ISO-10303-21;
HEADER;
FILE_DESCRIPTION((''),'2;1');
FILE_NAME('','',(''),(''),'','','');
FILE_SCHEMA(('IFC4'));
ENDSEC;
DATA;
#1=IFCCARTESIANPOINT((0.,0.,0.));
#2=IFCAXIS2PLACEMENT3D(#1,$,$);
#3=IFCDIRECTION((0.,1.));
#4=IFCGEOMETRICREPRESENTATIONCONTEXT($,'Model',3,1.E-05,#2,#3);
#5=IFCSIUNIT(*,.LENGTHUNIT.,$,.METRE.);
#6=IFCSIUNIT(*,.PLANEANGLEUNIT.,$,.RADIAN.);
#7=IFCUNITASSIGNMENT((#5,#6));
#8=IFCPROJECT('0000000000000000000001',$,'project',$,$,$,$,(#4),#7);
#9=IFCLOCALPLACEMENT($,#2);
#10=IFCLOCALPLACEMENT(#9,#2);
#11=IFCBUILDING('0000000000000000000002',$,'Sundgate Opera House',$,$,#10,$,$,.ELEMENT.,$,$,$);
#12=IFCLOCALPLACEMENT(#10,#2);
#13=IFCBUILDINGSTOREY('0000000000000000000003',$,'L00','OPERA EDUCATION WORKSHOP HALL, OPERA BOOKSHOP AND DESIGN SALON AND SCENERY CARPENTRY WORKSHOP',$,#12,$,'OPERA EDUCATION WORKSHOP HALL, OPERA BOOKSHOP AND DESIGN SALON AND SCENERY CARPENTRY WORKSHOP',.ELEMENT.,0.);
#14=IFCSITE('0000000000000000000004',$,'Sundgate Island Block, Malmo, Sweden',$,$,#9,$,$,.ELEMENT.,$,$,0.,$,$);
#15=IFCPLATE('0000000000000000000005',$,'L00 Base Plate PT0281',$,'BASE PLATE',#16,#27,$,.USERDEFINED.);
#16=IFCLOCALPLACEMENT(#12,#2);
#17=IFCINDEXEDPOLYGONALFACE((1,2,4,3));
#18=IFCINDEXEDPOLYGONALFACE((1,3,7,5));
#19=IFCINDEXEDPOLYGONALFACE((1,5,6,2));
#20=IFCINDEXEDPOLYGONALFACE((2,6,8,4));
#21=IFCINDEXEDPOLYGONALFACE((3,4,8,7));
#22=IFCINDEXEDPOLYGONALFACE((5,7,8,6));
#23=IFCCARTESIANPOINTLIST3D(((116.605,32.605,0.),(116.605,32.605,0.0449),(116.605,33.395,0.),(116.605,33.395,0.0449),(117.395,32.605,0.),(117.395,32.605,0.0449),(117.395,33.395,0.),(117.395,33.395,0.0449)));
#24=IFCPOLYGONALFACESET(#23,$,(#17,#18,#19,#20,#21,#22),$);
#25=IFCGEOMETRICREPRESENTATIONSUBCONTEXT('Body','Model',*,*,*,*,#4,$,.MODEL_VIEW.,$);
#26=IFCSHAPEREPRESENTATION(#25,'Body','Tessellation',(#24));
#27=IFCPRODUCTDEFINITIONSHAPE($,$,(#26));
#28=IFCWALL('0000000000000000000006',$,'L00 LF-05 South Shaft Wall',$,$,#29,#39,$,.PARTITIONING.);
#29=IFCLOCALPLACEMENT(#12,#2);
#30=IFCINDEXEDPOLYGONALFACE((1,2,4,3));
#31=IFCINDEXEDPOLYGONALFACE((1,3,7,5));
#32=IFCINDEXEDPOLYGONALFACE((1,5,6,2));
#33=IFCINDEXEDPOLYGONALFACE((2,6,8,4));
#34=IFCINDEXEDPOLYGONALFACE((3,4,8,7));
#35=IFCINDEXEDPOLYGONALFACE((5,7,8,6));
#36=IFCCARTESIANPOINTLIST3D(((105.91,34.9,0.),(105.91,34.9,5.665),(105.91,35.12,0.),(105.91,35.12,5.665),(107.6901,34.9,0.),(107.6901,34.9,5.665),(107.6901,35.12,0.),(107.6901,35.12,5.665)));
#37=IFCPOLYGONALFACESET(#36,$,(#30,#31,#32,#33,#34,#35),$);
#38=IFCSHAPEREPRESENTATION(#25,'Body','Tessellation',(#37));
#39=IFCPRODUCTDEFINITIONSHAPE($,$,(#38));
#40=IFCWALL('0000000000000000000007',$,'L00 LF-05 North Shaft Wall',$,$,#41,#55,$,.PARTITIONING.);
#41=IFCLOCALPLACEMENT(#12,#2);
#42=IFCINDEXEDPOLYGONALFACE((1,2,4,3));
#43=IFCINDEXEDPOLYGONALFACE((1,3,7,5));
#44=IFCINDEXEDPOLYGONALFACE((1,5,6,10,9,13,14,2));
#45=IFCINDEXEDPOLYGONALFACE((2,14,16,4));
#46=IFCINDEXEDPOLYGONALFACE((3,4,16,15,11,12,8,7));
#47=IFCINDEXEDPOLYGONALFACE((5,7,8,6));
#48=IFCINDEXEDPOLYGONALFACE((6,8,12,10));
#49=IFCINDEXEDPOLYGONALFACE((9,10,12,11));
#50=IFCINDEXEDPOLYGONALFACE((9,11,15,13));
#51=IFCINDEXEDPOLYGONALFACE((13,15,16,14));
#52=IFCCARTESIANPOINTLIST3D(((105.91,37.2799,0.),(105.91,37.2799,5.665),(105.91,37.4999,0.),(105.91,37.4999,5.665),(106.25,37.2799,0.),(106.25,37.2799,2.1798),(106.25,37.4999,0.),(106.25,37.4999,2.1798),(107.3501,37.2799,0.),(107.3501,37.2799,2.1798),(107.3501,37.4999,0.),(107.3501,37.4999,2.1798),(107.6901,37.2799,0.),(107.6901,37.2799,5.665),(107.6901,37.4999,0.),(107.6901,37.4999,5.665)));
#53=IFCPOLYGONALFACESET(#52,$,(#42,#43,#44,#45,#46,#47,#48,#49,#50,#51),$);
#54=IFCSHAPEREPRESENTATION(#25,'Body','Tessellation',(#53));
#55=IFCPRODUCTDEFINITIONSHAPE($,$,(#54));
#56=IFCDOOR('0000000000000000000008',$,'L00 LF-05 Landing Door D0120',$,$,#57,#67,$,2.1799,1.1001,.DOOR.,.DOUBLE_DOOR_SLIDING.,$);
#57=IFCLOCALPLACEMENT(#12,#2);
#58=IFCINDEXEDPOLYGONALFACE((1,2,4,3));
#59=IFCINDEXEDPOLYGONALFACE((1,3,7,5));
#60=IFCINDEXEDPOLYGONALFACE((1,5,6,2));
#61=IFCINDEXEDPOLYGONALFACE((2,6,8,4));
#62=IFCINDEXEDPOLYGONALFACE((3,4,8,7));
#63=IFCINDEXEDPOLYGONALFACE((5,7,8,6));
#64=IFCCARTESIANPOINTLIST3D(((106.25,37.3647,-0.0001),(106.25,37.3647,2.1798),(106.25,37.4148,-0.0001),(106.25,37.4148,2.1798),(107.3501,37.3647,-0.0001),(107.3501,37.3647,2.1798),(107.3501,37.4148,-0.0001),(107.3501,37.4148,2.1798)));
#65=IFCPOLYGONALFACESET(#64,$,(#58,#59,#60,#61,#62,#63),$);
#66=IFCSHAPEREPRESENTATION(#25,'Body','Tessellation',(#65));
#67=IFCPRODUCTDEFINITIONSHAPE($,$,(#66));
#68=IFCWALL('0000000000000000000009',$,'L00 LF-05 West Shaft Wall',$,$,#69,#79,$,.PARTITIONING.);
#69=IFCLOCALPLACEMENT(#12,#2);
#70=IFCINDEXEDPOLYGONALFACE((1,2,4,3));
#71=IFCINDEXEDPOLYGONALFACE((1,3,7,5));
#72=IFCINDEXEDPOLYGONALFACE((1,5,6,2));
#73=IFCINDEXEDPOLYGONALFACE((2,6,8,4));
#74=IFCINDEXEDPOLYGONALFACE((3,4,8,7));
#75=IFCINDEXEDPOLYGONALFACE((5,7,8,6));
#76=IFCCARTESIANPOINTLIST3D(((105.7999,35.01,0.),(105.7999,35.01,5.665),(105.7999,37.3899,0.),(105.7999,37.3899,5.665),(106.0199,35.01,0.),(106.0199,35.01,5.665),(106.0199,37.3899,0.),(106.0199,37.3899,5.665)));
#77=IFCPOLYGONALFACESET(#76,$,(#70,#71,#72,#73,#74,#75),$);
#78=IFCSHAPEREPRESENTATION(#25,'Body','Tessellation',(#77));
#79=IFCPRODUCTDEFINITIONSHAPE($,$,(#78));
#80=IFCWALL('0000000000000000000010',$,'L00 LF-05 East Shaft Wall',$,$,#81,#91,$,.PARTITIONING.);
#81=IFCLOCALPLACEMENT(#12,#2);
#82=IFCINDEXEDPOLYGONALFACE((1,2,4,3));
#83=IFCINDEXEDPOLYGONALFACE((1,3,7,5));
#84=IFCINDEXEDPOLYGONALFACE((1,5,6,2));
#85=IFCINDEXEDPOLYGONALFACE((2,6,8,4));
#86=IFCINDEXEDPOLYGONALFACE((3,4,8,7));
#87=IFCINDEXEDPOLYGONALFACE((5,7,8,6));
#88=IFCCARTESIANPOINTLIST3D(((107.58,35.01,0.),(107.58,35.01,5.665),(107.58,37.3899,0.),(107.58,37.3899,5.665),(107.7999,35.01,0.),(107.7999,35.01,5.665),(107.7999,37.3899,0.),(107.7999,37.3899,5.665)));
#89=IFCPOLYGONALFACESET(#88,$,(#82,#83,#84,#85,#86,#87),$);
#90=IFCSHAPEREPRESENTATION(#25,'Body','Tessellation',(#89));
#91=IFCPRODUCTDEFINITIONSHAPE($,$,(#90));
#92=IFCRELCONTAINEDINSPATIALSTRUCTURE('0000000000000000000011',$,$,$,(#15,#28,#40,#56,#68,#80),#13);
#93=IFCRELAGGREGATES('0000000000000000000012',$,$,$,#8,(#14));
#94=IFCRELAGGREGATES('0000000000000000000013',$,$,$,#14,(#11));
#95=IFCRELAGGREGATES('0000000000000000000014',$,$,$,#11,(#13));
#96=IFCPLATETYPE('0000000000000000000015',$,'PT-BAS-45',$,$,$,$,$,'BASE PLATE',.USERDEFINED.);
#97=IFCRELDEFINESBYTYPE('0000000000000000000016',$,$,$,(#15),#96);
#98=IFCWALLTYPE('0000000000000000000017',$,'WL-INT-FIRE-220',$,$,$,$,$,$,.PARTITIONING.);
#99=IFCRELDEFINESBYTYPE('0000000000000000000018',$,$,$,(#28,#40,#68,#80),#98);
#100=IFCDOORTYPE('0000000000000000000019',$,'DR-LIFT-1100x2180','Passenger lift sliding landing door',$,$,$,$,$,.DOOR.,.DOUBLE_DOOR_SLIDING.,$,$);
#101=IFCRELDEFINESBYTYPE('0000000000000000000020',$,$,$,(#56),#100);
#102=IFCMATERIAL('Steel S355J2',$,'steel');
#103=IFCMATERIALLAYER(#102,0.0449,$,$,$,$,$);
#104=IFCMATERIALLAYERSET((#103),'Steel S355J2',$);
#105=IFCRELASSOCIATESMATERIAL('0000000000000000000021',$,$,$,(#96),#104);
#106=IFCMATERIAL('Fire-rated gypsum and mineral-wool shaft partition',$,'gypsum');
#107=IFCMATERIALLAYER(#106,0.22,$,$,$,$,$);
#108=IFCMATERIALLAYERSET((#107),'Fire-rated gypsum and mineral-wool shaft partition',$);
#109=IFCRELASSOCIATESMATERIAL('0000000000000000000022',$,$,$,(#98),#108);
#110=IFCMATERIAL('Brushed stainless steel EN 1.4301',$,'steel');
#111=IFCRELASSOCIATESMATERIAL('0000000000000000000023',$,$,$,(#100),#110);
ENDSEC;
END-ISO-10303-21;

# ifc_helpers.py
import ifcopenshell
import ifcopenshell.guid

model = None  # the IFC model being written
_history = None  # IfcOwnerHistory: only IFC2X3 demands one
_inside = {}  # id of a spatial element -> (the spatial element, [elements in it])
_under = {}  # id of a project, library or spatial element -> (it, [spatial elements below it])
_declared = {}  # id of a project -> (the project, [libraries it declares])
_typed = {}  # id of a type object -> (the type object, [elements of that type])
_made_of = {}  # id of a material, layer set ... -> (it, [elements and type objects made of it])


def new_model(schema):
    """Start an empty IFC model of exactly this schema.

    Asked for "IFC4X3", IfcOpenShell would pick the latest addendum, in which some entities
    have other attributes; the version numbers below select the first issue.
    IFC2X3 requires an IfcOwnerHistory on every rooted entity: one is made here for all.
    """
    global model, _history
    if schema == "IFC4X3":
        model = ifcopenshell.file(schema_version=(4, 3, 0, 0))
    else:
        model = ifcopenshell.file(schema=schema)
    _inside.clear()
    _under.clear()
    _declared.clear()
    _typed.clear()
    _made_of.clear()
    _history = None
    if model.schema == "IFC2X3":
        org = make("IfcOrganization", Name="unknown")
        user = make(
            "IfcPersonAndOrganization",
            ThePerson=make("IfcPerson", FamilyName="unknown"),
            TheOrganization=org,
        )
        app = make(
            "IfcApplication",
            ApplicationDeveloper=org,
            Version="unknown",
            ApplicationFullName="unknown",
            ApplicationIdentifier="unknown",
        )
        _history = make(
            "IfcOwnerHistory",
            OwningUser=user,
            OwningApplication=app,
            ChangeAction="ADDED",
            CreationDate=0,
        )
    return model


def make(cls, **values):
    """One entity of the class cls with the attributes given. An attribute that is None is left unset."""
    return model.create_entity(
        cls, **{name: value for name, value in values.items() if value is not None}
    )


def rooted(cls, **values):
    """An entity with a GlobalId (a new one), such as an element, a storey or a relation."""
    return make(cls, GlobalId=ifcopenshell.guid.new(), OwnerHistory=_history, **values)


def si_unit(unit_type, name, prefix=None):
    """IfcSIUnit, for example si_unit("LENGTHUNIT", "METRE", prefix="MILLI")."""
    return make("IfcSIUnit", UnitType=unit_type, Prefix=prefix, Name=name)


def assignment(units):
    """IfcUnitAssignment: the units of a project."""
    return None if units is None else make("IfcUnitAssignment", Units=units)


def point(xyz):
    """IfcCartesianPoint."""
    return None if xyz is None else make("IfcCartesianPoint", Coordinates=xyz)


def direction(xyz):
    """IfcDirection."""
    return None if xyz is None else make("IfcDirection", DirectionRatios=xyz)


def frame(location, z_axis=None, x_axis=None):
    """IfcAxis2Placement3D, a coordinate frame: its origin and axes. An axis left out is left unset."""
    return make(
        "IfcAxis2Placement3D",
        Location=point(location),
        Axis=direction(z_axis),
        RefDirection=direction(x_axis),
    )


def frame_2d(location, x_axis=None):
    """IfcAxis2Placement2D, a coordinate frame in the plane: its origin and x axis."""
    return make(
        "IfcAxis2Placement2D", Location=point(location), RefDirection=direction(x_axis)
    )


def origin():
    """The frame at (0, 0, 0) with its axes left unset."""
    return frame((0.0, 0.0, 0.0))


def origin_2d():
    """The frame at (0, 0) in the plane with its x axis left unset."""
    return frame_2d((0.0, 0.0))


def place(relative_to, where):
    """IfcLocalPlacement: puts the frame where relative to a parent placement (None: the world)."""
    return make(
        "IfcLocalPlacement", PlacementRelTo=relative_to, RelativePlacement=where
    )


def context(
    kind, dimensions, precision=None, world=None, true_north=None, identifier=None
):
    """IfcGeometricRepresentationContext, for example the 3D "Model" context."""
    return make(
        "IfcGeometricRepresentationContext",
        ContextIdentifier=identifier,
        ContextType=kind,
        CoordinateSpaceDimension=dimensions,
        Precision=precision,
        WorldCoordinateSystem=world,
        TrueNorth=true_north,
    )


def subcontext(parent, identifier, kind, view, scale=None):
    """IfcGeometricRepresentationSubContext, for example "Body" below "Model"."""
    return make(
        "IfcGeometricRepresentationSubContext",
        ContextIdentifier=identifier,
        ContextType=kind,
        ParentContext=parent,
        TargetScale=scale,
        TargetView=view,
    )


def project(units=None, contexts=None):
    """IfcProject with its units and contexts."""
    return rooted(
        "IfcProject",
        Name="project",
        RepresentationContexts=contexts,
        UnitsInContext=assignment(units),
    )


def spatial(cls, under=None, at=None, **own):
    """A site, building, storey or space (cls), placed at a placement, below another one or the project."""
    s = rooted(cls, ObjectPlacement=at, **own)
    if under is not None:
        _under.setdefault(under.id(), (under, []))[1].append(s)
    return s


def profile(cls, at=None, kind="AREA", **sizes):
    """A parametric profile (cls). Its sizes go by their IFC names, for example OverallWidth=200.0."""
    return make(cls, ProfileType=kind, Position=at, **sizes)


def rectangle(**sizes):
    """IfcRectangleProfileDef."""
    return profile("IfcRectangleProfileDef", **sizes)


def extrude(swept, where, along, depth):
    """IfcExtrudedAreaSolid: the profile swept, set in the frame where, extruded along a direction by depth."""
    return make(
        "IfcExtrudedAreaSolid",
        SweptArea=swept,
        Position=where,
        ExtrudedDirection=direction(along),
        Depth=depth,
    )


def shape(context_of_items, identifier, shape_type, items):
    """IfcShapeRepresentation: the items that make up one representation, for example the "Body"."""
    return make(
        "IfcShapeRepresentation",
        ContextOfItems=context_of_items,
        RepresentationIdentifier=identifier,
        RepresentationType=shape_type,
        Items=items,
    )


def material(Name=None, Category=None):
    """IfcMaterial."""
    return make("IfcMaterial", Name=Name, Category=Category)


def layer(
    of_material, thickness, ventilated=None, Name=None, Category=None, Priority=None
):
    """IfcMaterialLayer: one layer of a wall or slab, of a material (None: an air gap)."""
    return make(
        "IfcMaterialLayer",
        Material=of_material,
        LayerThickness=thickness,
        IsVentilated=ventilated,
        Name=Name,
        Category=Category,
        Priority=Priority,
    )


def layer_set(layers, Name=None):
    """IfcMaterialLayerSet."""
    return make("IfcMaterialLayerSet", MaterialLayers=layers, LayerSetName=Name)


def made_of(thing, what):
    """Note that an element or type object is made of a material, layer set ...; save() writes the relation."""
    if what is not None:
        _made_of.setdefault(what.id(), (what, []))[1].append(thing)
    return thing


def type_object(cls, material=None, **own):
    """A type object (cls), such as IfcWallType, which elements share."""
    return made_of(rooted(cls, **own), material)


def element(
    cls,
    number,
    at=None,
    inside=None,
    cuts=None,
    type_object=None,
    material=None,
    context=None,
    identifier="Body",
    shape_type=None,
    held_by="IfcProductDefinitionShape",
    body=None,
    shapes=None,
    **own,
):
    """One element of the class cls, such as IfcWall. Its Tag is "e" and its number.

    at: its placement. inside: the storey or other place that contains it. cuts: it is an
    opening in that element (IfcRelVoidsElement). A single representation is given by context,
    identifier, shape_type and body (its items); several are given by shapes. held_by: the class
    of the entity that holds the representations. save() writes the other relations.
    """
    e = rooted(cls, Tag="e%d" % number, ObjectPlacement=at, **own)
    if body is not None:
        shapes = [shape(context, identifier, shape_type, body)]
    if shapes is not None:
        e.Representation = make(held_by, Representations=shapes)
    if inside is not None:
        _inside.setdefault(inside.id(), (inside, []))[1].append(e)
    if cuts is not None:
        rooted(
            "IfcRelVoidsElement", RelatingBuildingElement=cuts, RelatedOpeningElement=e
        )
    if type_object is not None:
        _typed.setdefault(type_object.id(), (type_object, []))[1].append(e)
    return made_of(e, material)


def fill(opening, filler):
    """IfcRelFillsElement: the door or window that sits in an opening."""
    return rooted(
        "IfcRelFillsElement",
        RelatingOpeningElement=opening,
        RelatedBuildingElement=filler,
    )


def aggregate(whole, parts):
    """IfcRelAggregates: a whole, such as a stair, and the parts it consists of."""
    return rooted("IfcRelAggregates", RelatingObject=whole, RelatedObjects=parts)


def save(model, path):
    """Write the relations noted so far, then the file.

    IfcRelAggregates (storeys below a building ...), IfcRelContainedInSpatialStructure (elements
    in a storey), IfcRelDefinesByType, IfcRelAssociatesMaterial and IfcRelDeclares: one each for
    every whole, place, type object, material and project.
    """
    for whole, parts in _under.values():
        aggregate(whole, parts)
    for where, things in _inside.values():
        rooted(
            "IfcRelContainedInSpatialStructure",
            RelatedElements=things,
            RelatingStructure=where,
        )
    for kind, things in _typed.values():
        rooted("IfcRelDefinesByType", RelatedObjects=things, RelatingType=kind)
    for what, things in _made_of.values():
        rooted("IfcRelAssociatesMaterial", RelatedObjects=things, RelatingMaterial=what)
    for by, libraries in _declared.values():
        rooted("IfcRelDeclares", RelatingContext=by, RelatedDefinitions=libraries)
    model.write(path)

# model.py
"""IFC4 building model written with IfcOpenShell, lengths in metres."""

from ifc_helpers import new_model, si_unit, direction, frame, frame_2d, origin, origin_2d, place, context, subcontext, project, spatial, rectangle, extrude, material, layer, layer_set, type_object, element, fill, save


model = new_model("IFC4")

# Units and contexts
model_context = context("Model", 3, precision=1e-05, world=origin(), true_north=direction((0.0, 1.0)))
body_context = subcontext(model_context, "Body", "Model", "MODEL_VIEW")
ifc_project = project(units=[si_unit("LENGTHUNIT", "METRE"), si_unit("PLANEANGLEUNIT", "RADIAN")], contexts=[model_context])

# Site, building, storey
site_placement = place(None, origin())
site = spatial("IfcSite", under=ifc_project, at=site_placement, Name="Sundgate Island Block, Malmo, Sweden", CompositionType="ELEMENT", RefElevation=0.0)
building_placement = place(site_placement, origin())
building = spatial("IfcBuilding", under=site, at=building_placement, Name="Sundgate Opera House", CompositionType="ELEMENT")
storey_placement = place(building_placement, origin())
storey = spatial("IfcBuildingStorey", under=building, at=storey_placement, Name="L00", Description="OPERA EDUCATION WORKSHOP HALL, OPERA BOOKSHOP AND DESIGN SALON AND SCENERY CARPENTRY WORKSHOP", LongName="OPERA EDUCATION WORKSHOP HALL, OPERA BOOKSHOP AND DESIGN SALON AND SCENERY CARPENTRY WORKSHOP", CompositionType="ELEMENT", Elevation=0.0)

# Plate
ifc_material_1 = material(Name="Steel S355J2", Category="steel")
ifc_layer_1 = layer(ifc_material_1, 0.0449)
ifc_layer_set_1 = layer_set([ifc_layer_1], Name="Steel S355J2")
plate_type_1 = type_object("IfcPlateType", Name="PT-BAS-45", ElementType="BASE PLATE", PredefinedType="USERDEFINED", material=ifc_layer_set_1)
plate_1_placement = place(storey_placement, frame((117.0, 33.0, 0.0), z_axis=(0.0, 0.0, 1.0), x_axis=(1.0, 0.0, 0.0)))
element("IfcPlate", 1, at=plate_1_placement, inside=storey, type_object=plate_type_1, Name="L00 Base Plate PT0281", ObjectType="BASE PLATE", PredefinedType="USERDEFINED", context=body_context, shape_type="SweptSolid", body=[
    extrude(rectangle(XDim=0.79, YDim=0.79, at=origin_2d()), origin(), (0.0, 0.0, 1.0), 0.0449),
])

# Wall
ifc_material_2 = material(Name="Fire-rated gypsum and mineral-wool shaft partition", Category="gypsum")
ifc_layer_2 = layer(ifc_material_2, 0.22)
ifc_layer_set_2 = layer_set([ifc_layer_2], Name="Fire-rated gypsum and mineral-wool shaft partition")
wall_type = type_object("IfcWallType", Name="WL-INT-FIRE-220", PredefinedType="PARTITIONING", material=ifc_layer_set_2)
wall_1_placement = place(storey_placement, frame((105.9099, 35.01, 0.0), z_axis=(0.0, 0.0, 1.0), x_axis=(1.0, 0.0, 0.0)))
element("IfcWall", 2, at=wall_1_placement, inside=storey, type_object=wall_type, Name="L00 LF-05 South Shaft Wall", PredefinedType="PARTITIONING", context=body_context, shape_type="SweptSolid", body=[
    extrude(rectangle(XDim=1.78, YDim=0.22, at=frame_2d((0.8901, 0.0))), origin(), (0.0, 0.0, 1.0), 5.665),
])

# Wall, opening, door
wall_2_placement = place(storey_placement, frame((105.9099, 37.3899, 0.0), z_axis=(0.0, 0.0, 1.0), x_axis=(1.0, 0.0, 0.0)))
wall_2 = element("IfcWall", 3, at=wall_2_placement, inside=storey, type_object=wall_type, Name="L00 LF-05 North Shaft Wall", PredefinedType="PARTITIONING", context=body_context, shape_type="SweptSolid", body=[
    extrude(rectangle(XDim=1.78, YDim=0.22, at=frame_2d((0.8901, 0.0))), origin(), (0.0, 0.0, 1.0), 5.665),
])
opening_placement = place(wall_2_placement, frame((0.3401, 0.0, 0.0)))
opening = element("IfcOpeningElement", 4, at=opening_placement, cuts=wall_2, PredefinedType="OPENING", context=body_context, shape_type="SweptSolid", body=[
    extrude(rectangle(XDim=1.1001, YDim=2.1799, at=frame_2d((0.55, 1.0898))), frame((0.0, 0.1199, 0.0), z_axis=(0.0, -1.0, 0.0), x_axis=(1.0, 0.0, 0.0)), (0.0, 0.0, 1.0), 0.24),
])
ifc_material_3 = material(Name="Brushed stainless steel EN 1.4301", Category="steel")
door_type = type_object("IfcDoorType", Name="DR-LIFT-1100x2180", Description="Passenger lift sliding landing door", OperationType="DOUBLE_DOOR_SLIDING", PredefinedType="DOOR", material=ifc_material_3)
door_placement = place(opening_placement, origin())
door = element("IfcDoor", 5, at=door_placement, inside=storey, type_object=door_type, Name="L00 LF-05 Landing Door D0120", OperationType="DOUBLE_DOOR_SLIDING", OverallHeight=2.1799, OverallWidth=1.1001, PredefinedType="DOOR", context=body_context, shape_type="SweptSolid", body=[
    extrude(rectangle(XDim=1.1001, YDim=2.1799, at=frame_2d((0.55, 1.0898))), frame((0.0, 0.0249, 0.0), z_axis=(0.0, -1.0, 0.0), x_axis=(1.0, 0.0, 0.0)), (0.0, 0.0, 1.0), 0.05),
])
fill(opening, door)

# Walls
for number, where, z_axis, x_axis, name in (
    (6, (105.9099, 35.01, 0.0), (0.0, 0.0, 1.0), (0.0, 1.0, 0.0), "L00 LF-05 West Shaft Wall"),
    (7, (107.6899, 35.01, 0.0), (0.0, 0.0, 1.0), (0.0, 1.0, 0.0), "L00 LF-05 East Shaft Wall"),
):
    element("IfcWall", number, at=place(storey_placement, frame(where, z_axis=z_axis, x_axis=x_axis)), inside=storey, type_object=wall_type, Name=name, PredefinedType="PARTITIONING", context=body_context, shape_type="SweptSolid", body=[
        extrude(rectangle(XDim=2.3799, YDim=0.22, at=frame_2d((1.1899, 0.0))), origin(), (0.0, 0.0, 1.0), 5.665),
    ])

save(model, "model.ifc")
